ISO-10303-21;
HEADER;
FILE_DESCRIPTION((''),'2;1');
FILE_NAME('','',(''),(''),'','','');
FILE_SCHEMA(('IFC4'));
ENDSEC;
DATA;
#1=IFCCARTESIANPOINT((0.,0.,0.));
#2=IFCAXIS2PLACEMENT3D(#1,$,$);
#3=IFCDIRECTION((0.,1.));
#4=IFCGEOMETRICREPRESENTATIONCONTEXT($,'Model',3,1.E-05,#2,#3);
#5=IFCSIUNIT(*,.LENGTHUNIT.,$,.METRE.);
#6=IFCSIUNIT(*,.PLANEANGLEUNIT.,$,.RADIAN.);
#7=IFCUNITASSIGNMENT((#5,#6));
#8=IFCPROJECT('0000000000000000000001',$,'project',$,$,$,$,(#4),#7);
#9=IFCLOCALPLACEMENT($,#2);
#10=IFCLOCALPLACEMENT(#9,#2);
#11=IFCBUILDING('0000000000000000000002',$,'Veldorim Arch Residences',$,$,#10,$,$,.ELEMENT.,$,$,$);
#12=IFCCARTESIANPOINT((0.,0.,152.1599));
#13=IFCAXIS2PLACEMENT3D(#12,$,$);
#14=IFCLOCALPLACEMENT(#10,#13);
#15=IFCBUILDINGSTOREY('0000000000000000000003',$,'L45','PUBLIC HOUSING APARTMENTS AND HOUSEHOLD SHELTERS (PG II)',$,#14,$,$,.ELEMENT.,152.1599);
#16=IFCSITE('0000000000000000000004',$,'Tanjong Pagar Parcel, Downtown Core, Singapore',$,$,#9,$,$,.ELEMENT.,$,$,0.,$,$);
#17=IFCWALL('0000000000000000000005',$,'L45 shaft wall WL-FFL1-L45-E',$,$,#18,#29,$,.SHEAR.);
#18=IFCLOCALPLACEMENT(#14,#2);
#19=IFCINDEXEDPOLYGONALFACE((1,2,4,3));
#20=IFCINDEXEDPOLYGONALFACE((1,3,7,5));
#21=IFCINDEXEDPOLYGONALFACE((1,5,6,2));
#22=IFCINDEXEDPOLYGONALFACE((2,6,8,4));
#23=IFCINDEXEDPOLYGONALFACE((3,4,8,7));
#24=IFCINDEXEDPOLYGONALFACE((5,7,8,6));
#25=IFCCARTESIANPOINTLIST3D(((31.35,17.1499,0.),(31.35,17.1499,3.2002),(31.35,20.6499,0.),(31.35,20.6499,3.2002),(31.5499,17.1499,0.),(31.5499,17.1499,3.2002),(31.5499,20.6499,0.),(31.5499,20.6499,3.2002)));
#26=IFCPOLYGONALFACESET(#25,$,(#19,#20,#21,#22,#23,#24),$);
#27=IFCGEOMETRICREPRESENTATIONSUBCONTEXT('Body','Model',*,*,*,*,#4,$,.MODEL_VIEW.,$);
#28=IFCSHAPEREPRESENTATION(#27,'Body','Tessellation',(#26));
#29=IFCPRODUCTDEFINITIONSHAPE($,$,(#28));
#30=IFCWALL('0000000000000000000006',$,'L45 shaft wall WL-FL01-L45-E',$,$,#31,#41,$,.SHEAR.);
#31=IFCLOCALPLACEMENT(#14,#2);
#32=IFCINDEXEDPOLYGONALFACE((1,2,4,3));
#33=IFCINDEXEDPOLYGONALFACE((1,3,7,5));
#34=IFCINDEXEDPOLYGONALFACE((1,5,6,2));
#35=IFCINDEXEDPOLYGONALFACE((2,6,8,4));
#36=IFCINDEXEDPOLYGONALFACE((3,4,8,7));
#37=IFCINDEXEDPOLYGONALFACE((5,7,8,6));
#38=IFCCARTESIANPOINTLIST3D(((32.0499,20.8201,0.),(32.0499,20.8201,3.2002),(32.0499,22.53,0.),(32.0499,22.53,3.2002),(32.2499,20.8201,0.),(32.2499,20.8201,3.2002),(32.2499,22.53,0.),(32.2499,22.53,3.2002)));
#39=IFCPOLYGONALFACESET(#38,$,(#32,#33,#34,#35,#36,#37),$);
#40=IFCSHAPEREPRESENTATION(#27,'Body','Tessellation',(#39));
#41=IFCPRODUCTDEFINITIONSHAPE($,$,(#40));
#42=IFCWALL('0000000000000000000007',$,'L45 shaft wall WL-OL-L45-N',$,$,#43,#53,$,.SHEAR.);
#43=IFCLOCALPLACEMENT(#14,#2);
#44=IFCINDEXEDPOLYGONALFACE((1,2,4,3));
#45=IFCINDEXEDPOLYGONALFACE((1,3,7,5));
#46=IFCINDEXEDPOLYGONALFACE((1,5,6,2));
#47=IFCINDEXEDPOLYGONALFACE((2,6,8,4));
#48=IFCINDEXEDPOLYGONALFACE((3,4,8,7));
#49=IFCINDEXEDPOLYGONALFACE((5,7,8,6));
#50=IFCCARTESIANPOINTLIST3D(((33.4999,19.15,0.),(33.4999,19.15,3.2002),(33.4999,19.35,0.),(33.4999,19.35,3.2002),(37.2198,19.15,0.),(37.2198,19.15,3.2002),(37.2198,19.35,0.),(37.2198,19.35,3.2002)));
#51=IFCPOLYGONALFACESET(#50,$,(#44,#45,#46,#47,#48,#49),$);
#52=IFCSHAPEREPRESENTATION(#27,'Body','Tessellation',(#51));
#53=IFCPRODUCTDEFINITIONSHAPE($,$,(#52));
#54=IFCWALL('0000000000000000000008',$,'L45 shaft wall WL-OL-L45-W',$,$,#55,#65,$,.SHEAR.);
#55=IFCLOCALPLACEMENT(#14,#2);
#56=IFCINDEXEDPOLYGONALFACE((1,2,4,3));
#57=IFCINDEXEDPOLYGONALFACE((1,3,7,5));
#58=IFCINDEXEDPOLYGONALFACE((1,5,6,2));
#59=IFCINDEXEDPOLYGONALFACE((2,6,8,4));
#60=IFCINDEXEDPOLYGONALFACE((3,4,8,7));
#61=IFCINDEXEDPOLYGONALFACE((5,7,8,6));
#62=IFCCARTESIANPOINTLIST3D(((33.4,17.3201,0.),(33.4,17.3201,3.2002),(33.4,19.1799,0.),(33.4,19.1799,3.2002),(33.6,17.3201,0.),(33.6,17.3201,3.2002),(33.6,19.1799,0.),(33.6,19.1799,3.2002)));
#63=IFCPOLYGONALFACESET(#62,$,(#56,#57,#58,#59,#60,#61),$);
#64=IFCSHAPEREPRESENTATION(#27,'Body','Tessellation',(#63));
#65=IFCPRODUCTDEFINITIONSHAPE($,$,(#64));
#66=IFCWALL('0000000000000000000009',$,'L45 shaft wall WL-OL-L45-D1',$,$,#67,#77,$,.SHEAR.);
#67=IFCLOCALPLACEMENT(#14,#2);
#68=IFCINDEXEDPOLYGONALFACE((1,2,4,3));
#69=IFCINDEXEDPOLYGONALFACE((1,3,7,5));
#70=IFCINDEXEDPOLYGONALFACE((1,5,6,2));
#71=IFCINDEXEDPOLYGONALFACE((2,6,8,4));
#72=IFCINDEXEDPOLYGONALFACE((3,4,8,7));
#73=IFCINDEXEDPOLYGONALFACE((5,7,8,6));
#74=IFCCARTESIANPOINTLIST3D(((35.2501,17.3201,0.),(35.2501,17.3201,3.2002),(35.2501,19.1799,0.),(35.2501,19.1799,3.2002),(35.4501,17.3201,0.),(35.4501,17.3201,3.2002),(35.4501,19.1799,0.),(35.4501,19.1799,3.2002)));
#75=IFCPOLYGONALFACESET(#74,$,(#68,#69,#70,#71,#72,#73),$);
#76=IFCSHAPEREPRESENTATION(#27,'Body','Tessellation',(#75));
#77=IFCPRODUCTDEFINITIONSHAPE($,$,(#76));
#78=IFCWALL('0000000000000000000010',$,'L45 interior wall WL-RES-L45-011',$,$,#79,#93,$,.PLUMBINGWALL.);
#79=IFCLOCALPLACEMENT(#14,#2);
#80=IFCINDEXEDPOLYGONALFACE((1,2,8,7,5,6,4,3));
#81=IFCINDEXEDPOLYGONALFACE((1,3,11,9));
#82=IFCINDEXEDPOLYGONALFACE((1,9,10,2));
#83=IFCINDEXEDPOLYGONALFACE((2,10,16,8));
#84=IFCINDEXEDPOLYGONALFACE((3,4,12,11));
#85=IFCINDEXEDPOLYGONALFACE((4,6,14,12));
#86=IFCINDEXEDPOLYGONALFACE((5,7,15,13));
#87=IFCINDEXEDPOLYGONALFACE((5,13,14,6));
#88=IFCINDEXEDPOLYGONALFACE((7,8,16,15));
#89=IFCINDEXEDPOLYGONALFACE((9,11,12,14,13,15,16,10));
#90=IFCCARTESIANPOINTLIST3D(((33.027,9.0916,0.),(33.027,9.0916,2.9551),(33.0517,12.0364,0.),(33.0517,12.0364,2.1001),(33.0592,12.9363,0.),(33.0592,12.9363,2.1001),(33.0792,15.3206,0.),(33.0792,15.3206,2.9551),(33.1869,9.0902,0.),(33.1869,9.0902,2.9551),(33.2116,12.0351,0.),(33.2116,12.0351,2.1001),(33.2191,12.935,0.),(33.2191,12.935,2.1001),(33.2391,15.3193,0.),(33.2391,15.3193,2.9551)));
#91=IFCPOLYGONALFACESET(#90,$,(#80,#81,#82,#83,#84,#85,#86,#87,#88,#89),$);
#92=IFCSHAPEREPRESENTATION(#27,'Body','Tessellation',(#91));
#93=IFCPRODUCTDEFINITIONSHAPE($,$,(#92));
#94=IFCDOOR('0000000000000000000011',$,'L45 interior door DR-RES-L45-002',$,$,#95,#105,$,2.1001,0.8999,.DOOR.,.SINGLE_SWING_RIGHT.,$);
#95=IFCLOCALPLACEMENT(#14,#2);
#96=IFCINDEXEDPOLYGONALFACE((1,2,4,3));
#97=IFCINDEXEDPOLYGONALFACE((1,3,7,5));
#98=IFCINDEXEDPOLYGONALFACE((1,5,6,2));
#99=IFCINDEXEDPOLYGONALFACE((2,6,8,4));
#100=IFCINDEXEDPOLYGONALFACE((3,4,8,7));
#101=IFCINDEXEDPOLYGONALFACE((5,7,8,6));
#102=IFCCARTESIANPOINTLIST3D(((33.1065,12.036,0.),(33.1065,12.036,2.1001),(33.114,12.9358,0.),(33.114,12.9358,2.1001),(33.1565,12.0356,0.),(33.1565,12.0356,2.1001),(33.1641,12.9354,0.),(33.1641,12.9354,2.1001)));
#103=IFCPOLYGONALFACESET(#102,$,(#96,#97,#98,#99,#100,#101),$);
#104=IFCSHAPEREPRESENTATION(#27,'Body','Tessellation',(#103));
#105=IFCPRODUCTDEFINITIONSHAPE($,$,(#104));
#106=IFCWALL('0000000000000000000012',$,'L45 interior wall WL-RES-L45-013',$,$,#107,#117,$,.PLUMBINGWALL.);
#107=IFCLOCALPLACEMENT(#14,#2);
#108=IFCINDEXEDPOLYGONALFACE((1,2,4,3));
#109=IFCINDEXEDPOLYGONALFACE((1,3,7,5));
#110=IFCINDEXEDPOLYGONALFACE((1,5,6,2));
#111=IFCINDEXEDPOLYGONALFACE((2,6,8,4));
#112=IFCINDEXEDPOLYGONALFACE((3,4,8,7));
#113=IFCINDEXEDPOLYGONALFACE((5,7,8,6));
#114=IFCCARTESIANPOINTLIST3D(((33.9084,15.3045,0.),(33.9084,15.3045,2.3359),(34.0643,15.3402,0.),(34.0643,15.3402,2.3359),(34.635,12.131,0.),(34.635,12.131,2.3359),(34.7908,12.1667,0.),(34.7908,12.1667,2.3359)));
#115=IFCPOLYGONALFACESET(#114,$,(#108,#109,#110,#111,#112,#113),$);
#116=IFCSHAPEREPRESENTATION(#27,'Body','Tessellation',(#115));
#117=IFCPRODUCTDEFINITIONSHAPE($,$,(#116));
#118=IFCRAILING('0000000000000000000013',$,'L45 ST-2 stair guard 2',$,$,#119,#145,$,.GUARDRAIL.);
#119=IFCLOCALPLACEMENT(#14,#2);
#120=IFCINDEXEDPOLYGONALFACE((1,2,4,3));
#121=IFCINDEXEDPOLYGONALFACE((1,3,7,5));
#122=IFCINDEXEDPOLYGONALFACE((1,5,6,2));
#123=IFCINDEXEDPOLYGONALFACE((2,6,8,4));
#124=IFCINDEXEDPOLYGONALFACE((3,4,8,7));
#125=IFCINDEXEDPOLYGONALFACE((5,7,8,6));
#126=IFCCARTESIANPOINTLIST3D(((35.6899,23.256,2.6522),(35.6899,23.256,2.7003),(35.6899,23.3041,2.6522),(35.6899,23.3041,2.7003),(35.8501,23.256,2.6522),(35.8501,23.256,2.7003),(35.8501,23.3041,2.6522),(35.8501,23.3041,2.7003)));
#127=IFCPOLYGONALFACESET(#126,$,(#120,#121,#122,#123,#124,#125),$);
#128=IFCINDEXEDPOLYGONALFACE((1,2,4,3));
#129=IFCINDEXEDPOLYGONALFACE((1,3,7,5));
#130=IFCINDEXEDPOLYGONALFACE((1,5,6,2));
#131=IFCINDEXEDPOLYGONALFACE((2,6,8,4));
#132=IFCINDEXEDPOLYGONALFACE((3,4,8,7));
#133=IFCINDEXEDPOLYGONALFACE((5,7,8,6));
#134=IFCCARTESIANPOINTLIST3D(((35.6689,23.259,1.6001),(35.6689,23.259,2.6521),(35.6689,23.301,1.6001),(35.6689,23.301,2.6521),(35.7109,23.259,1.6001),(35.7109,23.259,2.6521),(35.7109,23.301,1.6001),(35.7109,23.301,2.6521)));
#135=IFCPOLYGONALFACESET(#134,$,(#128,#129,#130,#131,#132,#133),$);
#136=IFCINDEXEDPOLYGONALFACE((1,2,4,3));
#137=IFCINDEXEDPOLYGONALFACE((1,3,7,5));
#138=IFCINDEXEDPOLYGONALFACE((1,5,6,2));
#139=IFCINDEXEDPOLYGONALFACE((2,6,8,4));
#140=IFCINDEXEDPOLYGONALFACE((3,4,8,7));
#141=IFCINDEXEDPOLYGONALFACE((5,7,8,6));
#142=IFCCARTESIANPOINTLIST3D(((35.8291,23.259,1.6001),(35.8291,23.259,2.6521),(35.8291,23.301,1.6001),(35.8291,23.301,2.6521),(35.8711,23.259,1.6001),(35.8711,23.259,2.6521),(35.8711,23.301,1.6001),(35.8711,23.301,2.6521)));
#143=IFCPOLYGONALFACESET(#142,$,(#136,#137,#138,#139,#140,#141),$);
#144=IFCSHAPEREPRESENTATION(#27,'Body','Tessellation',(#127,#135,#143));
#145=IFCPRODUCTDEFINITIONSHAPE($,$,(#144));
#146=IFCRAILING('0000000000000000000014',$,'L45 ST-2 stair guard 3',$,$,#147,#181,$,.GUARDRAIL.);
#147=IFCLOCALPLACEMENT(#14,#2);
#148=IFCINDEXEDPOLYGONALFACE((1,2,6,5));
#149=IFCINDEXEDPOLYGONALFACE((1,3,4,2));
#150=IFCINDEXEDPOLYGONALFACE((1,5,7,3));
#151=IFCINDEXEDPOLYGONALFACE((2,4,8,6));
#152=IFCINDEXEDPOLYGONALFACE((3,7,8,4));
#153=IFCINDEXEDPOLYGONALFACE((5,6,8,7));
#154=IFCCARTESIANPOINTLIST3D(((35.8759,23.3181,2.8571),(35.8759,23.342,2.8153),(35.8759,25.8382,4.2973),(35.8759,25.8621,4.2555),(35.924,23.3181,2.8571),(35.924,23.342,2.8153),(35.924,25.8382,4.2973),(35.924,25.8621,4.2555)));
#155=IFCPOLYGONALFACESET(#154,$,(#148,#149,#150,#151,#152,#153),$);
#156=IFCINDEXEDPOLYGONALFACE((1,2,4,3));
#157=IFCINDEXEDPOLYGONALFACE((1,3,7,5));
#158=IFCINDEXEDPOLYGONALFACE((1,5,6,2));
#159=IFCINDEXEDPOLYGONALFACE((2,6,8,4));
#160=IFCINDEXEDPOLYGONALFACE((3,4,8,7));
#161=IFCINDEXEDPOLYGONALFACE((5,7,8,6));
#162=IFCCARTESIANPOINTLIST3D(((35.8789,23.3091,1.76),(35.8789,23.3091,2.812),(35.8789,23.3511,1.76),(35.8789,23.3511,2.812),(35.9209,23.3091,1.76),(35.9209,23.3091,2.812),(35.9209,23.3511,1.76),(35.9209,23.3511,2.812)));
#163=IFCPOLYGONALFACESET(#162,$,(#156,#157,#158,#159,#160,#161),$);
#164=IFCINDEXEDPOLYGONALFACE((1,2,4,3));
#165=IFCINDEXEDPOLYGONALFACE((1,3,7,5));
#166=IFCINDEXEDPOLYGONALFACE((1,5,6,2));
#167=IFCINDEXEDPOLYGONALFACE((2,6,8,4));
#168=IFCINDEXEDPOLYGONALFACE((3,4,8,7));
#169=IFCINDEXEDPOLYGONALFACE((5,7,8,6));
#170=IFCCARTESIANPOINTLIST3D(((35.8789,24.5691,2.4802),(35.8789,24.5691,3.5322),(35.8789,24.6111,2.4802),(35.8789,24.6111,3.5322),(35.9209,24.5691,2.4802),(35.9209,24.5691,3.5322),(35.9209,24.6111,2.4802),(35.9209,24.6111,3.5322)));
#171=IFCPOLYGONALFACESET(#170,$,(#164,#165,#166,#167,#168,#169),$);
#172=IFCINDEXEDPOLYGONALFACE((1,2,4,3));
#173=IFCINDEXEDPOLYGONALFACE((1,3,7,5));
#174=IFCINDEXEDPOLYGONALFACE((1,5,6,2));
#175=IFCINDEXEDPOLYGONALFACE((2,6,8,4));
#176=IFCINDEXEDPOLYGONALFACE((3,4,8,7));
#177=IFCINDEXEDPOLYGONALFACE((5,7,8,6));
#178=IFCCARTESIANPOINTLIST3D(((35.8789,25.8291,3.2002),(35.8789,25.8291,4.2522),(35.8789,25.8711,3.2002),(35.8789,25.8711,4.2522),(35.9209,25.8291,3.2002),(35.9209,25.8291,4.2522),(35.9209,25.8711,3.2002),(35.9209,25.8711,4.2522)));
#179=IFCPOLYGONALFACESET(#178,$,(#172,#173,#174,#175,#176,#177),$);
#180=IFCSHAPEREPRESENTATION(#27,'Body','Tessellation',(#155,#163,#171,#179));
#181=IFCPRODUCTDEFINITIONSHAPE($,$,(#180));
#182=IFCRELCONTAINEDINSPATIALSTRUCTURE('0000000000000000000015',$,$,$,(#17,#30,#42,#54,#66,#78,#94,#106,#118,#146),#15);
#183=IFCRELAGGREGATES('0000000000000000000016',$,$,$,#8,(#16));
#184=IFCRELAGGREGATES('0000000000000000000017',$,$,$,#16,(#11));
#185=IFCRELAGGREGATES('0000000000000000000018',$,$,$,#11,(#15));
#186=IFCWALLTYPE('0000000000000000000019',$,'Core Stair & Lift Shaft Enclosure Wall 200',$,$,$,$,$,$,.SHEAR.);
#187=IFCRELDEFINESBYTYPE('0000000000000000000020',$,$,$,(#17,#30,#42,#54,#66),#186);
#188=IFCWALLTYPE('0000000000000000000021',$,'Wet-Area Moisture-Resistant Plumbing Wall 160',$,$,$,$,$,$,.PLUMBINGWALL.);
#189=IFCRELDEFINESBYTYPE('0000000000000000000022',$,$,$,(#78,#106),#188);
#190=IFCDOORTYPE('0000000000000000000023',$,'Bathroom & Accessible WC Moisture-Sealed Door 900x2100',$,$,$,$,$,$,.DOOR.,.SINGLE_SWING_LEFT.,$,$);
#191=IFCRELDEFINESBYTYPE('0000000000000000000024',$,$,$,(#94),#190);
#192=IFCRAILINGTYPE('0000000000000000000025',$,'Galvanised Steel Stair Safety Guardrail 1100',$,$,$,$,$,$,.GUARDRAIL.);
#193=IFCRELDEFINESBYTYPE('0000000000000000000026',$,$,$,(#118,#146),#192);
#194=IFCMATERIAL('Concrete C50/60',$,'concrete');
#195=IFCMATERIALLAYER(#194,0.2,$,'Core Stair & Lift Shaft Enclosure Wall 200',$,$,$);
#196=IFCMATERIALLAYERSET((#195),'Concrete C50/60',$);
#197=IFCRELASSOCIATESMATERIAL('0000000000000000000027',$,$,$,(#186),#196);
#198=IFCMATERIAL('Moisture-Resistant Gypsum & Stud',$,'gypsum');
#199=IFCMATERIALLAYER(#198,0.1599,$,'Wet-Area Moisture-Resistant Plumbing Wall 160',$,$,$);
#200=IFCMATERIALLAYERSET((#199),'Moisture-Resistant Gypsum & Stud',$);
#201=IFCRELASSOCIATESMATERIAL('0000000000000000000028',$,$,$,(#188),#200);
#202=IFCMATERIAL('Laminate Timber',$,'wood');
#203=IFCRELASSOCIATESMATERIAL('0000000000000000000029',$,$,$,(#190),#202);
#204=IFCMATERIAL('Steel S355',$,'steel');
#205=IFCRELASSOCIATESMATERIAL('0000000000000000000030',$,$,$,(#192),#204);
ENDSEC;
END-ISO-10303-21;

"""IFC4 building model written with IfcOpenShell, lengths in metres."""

from ifc_helpers import new_model, si_unit, direction, frame, frame_2d, origin, origin_2d, place, context, subcontext, project, spatial, rectangle, extrude, material, layer, layer_set, type_object, element, fill, save


model = new_model("IFC4")

# Units and contexts
model_context = context("Model", 3, precision=1e-05, world=origin(), true_north=direction((0.0, 1.0)))
body_context = subcontext(model_context, "Body", "Model", "MODEL_VIEW")
ifc_project = project(units=[si_unit("LENGTHUNIT", "METRE"), si_unit("PLANEANGLEUNIT", "RADIAN")], contexts=[model_context])

# Site, building, storey
site_placement = place(None, origin())
site = spatial("IfcSite", under=ifc_project, at=site_placement, Name="Tanjong Pagar Parcel, Downtown Core, Singapore", CompositionType="ELEMENT", RefElevation=0.0)
building_placement = place(site_placement, origin())
building = spatial("IfcBuilding", under=site, at=building_placement, Name="Veldorim Arch Residences", CompositionType="ELEMENT")
storey_placement = place(building_placement, frame((0.0, 0.0, 152.1599)))
storey = spatial("IfcBuildingStorey", under=building, at=storey_placement, Name="L45", Description="PUBLIC HOUSING APARTMENTS AND HOUSEHOLD SHELTERS (PG II)", CompositionType="ELEMENT", Elevation=152.1599)

# Walls
ifc_material_1 = material(Name="Concrete C50/60", Category="concrete")
ifc_layer_1 = layer(ifc_material_1, 0.2, Name="Core Stair & Lift Shaft Enclosure Wall 200")
ifc_layer_set_1 = layer_set([ifc_layer_1], Name="Concrete C50/60")
wall_type_1 = type_object("IfcWallType", Name="Core Stair & Lift Shaft Enclosure Wall 200", PredefinedType="SHEAR", material=ifc_layer_set_1)
wall_1_placement = place(storey_placement, frame((31.45, 17.1499, 0.0), z_axis=(0.0, 0.0, 1.0), x_axis=(0.0, 1.0, 0.0)))
element("IfcWall", 1, at=wall_1_placement, inside=storey, type_object=wall_type_1, Name="L45 shaft wall WL-FFL1-L45-E", PredefinedType="SHEAR", context=body_context, shape_type="SweptSolid", body=[
    extrude(rectangle(XDim=3.5, YDim=0.2, at=frame_2d((1.75, 0.0))), origin(), (0.0, 0.0, 1.0), 3.2002),
])
wall_2_placement = place(storey_placement, frame((32.1499, 20.8201, 0.0), z_axis=(0.0, 0.0, 1.0), x_axis=(0.0, 1.0, 0.0)))
element("IfcWall", 2, at=wall_2_placement, inside=storey, type_object=wall_type_1, Name="L45 shaft wall WL-FL01-L45-E", PredefinedType="SHEAR", context=body_context, shape_type="SweptSolid", body=[
    extrude(rectangle(XDim=1.71, YDim=0.2, at=frame_2d((0.855, 0.0))), origin(), (0.0, 0.0, 1.0), 3.2002),
])
wall_3_placement = place(storey_placement, frame((33.5, 19.25, 0.0), z_axis=(0.0, 0.0, 1.0), x_axis=(1.0, 0.0, 0.0)))
element("IfcWall", 3, at=wall_3_placement, inside=storey, type_object=wall_type_1, Name="L45 shaft wall WL-OL-L45-N", PredefinedType="SHEAR", context=body_context, shape_type="SweptSolid", body=[
    extrude(rectangle(XDim=3.72, YDim=0.2, at=frame_2d((1.8599, 0.0))), origin(), (0.0, 0.0, 1.0), 3.2002),
])
for number, where, z_axis, x_axis, name in (
    (4, (33.5, 17.3201, 0.0), (0.0, 0.0, 1.0), (0.0, 1.0, 0.0), "L45 shaft wall WL-OL-L45-W"),
    (5, (35.3501, 17.3201, 0.0), (0.0, 0.0, 1.0), (0.0, 1.0, 0.0), "L45 shaft wall WL-OL-L45-D1"),
):
    element("IfcWall", number, at=place(storey_placement, frame(where, z_axis=z_axis, x_axis=x_axis)), inside=storey, type_object=wall_type_1, Name=name, PredefinedType="SHEAR", context=body_context, shape_type="SweptSolid", body=[
        extrude(rectangle(XDim=1.8599, YDim=0.2, at=frame_2d((0.9299, 0.0))), origin(), (0.0, 0.0, 1.0), 3.2002),
    ])

# Wall, opening, door
ifc_material_2 = material(Name="Moisture-Resistant Gypsum & Stud", Category="gypsum")
ifc_layer_2 = layer(ifc_material_2, 0.1599, Name="Wet-Area Moisture-Resistant Plumbing Wall 160")
ifc_layer_set_2 = layer_set([ifc_layer_2], Name="Moisture-Resistant Gypsum & Stud")
wall_type_2 = type_object("IfcWallType", Name="Wet-Area Moisture-Resistant Plumbing Wall 160", PredefinedType="PLUMBINGWALL", material=ifc_layer_set_2)
wall_4_placement = place(storey_placement, frame((33.1592, 15.3201, 0.0), z_axis=(0.0, 0.0, 1.0), x_axis=(-0.008387, -0.999965, 0.0)))
wall_4 = element("IfcWall", 6, at=wall_4_placement, inside=storey, type_object=wall_type_2, Name="L45 interior wall WL-RES-L45-011", PredefinedType="PLUMBINGWALL", context=body_context, shape_type="SweptSolid", body=[
    extrude(rectangle(XDim=6.2292, YDim=0.1599, at=frame_2d((3.1147, 0.0))), origin(), (0.0, 0.0, 1.0), 2.9551),
])
opening_1_placement = place(wall_4_placement, frame((2.3845, 0.0, 0.0)))
opening_1 = element("IfcOpeningElement", 7, at=opening_1_placement, cuts=wall_4, PredefinedType="OPENING", context=body_context, shape_type="SweptSolid", body=[
    extrude(rectangle(XDim=0.8999, YDim=2.1001, at=frame_2d((0.45, 1.05))), frame((0.0, 0.0898, 0.0), z_axis=(0.0, -1.0, 0.0), x_axis=(1.0, 0.0, 0.0)), (0.0, 0.0, 1.0), 0.1799),
])
ifc_material_3 = material(Name="Laminate Timber", Category="wood")
door_type_1 = type_object("IfcDoorType", Name="Bathroom & Accessible WC Moisture-Sealed Door 900x2100", OperationType="SINGLE_SWING_LEFT", PredefinedType="DOOR", material=ifc_material_3)
door_1_placement = place(opening_1_placement, origin())
door_1 = element("IfcDoor", 8, at=door_1_placement, inside=storey, type_object=door_type_1, Name="L45 interior door DR-RES-L45-002", OperationType="SINGLE_SWING_RIGHT", OverallHeight=2.1001, OverallWidth=0.8999, PredefinedType="DOOR", context=body_context, shape_type="SweptSolid", body=[
    extrude(rectangle(XDim=0.8999, YDim=2.1001, at=frame_2d((0.45, 1.05))), frame((0.0, 0.0249, 0.0), z_axis=(0.0, -1.0, 0.0), x_axis=(1.0, 0.0, 0.0)), (0.0, 0.0, 1.0), 0.05),
])
fill(opening_1, door_1)

# Wall
wall_5_placement = place(storey_placement, frame((33.9863, 15.3225, 0.0), z_axis=(0.0, 0.0, 1.0), x_axis=(0.223167, -0.97478, 0.0)))
element("IfcWall", 9, at=wall_5_placement, inside=storey, type_object=wall_type_2, Name="L45 interior wall WL-RES-L45-013", PredefinedType="PLUMBINGWALL", context=body_context, shape_type="SweptSolid", body=[
    extrude(rectangle(XDim=3.2556, YDim=0.1599, at=frame_2d((1.6279, 0.0))), origin(), (0.0, 0.0, 1.0), 2.3359),
])

# Railings
ifc_material_4 = material(Name="Steel S355", Category="steel")
railing_type = type_object("IfcRailingType", Name="Galvanised Steel Stair Safety Guardrail 1100", PredefinedType="GUARDRAIL", material=ifc_material_4)
railing_1_placement = place(storey_placement, frame((35.6899, 23.28, 1.6001)))
element("IfcRailing", 10, at=railing_1_placement, inside=storey, type_object=railing_type, Name="L45 ST-2 stair guard 2", PredefinedType="GUARDRAIL", context=body_context, shape_type="SweptSolid", body=[
    extrude(rectangle(XDim=0.0481, YDim=0.0481, at=origin_2d()), frame((0.0, 0.0, 1.0762), z_axis=(1.0, 0.0, 0.0), x_axis=(0.0, 1.0, 0.0)), (0.0, 0.0, 1.0), 0.1602),
    extrude(rectangle(XDim=0.042, YDim=0.042, at=origin_2d()), origin(), (0.0, 0.0, 1.0), 1.052),
    extrude(rectangle(XDim=0.042, YDim=0.042, at=origin_2d()), frame((0.1602, 0.0, 0.0)), (0.0, 0.0, 1.0), 1.052),
])
railing_2_placement = place(storey_placement, frame((35.8999, 23.3301, 1.76)))
element("IfcRailing", 11, at=railing_2_placement, inside=storey, type_object=railing_type, Name="L45 ST-2 stair guard 3", PredefinedType="GUARDRAIL", context=body_context, shape_type="SweptSolid", body=[
    extrude(rectangle(XDim=0.0481, YDim=0.0481, at=origin_2d()), frame((0.0, 0.0, 1.0762), z_axis=(0.0, 0.868217, 0.496184), x_axis=(-1.0, 0.0, 0.0)), (0.0, 0.0, 1.0), 2.9026),
    extrude(rectangle(XDim=0.042, YDim=0.042, at=origin_2d()), origin(), (0.0, 0.0, 1.0), 1.052),
    extrude(rectangle(XDim=0.042, YDim=0.042, at=origin_2d()), frame((0.0, 1.26, 0.7202)), (0.0, 0.0, 1.0), 1.052),
    extrude(rectangle(XDim=0.042, YDim=0.042, at=origin_2d()), frame((0.0, 2.52, 1.4402)), (0.0, 0.0, 1.0), 1.052),
])

save(model, "model.ifc")
